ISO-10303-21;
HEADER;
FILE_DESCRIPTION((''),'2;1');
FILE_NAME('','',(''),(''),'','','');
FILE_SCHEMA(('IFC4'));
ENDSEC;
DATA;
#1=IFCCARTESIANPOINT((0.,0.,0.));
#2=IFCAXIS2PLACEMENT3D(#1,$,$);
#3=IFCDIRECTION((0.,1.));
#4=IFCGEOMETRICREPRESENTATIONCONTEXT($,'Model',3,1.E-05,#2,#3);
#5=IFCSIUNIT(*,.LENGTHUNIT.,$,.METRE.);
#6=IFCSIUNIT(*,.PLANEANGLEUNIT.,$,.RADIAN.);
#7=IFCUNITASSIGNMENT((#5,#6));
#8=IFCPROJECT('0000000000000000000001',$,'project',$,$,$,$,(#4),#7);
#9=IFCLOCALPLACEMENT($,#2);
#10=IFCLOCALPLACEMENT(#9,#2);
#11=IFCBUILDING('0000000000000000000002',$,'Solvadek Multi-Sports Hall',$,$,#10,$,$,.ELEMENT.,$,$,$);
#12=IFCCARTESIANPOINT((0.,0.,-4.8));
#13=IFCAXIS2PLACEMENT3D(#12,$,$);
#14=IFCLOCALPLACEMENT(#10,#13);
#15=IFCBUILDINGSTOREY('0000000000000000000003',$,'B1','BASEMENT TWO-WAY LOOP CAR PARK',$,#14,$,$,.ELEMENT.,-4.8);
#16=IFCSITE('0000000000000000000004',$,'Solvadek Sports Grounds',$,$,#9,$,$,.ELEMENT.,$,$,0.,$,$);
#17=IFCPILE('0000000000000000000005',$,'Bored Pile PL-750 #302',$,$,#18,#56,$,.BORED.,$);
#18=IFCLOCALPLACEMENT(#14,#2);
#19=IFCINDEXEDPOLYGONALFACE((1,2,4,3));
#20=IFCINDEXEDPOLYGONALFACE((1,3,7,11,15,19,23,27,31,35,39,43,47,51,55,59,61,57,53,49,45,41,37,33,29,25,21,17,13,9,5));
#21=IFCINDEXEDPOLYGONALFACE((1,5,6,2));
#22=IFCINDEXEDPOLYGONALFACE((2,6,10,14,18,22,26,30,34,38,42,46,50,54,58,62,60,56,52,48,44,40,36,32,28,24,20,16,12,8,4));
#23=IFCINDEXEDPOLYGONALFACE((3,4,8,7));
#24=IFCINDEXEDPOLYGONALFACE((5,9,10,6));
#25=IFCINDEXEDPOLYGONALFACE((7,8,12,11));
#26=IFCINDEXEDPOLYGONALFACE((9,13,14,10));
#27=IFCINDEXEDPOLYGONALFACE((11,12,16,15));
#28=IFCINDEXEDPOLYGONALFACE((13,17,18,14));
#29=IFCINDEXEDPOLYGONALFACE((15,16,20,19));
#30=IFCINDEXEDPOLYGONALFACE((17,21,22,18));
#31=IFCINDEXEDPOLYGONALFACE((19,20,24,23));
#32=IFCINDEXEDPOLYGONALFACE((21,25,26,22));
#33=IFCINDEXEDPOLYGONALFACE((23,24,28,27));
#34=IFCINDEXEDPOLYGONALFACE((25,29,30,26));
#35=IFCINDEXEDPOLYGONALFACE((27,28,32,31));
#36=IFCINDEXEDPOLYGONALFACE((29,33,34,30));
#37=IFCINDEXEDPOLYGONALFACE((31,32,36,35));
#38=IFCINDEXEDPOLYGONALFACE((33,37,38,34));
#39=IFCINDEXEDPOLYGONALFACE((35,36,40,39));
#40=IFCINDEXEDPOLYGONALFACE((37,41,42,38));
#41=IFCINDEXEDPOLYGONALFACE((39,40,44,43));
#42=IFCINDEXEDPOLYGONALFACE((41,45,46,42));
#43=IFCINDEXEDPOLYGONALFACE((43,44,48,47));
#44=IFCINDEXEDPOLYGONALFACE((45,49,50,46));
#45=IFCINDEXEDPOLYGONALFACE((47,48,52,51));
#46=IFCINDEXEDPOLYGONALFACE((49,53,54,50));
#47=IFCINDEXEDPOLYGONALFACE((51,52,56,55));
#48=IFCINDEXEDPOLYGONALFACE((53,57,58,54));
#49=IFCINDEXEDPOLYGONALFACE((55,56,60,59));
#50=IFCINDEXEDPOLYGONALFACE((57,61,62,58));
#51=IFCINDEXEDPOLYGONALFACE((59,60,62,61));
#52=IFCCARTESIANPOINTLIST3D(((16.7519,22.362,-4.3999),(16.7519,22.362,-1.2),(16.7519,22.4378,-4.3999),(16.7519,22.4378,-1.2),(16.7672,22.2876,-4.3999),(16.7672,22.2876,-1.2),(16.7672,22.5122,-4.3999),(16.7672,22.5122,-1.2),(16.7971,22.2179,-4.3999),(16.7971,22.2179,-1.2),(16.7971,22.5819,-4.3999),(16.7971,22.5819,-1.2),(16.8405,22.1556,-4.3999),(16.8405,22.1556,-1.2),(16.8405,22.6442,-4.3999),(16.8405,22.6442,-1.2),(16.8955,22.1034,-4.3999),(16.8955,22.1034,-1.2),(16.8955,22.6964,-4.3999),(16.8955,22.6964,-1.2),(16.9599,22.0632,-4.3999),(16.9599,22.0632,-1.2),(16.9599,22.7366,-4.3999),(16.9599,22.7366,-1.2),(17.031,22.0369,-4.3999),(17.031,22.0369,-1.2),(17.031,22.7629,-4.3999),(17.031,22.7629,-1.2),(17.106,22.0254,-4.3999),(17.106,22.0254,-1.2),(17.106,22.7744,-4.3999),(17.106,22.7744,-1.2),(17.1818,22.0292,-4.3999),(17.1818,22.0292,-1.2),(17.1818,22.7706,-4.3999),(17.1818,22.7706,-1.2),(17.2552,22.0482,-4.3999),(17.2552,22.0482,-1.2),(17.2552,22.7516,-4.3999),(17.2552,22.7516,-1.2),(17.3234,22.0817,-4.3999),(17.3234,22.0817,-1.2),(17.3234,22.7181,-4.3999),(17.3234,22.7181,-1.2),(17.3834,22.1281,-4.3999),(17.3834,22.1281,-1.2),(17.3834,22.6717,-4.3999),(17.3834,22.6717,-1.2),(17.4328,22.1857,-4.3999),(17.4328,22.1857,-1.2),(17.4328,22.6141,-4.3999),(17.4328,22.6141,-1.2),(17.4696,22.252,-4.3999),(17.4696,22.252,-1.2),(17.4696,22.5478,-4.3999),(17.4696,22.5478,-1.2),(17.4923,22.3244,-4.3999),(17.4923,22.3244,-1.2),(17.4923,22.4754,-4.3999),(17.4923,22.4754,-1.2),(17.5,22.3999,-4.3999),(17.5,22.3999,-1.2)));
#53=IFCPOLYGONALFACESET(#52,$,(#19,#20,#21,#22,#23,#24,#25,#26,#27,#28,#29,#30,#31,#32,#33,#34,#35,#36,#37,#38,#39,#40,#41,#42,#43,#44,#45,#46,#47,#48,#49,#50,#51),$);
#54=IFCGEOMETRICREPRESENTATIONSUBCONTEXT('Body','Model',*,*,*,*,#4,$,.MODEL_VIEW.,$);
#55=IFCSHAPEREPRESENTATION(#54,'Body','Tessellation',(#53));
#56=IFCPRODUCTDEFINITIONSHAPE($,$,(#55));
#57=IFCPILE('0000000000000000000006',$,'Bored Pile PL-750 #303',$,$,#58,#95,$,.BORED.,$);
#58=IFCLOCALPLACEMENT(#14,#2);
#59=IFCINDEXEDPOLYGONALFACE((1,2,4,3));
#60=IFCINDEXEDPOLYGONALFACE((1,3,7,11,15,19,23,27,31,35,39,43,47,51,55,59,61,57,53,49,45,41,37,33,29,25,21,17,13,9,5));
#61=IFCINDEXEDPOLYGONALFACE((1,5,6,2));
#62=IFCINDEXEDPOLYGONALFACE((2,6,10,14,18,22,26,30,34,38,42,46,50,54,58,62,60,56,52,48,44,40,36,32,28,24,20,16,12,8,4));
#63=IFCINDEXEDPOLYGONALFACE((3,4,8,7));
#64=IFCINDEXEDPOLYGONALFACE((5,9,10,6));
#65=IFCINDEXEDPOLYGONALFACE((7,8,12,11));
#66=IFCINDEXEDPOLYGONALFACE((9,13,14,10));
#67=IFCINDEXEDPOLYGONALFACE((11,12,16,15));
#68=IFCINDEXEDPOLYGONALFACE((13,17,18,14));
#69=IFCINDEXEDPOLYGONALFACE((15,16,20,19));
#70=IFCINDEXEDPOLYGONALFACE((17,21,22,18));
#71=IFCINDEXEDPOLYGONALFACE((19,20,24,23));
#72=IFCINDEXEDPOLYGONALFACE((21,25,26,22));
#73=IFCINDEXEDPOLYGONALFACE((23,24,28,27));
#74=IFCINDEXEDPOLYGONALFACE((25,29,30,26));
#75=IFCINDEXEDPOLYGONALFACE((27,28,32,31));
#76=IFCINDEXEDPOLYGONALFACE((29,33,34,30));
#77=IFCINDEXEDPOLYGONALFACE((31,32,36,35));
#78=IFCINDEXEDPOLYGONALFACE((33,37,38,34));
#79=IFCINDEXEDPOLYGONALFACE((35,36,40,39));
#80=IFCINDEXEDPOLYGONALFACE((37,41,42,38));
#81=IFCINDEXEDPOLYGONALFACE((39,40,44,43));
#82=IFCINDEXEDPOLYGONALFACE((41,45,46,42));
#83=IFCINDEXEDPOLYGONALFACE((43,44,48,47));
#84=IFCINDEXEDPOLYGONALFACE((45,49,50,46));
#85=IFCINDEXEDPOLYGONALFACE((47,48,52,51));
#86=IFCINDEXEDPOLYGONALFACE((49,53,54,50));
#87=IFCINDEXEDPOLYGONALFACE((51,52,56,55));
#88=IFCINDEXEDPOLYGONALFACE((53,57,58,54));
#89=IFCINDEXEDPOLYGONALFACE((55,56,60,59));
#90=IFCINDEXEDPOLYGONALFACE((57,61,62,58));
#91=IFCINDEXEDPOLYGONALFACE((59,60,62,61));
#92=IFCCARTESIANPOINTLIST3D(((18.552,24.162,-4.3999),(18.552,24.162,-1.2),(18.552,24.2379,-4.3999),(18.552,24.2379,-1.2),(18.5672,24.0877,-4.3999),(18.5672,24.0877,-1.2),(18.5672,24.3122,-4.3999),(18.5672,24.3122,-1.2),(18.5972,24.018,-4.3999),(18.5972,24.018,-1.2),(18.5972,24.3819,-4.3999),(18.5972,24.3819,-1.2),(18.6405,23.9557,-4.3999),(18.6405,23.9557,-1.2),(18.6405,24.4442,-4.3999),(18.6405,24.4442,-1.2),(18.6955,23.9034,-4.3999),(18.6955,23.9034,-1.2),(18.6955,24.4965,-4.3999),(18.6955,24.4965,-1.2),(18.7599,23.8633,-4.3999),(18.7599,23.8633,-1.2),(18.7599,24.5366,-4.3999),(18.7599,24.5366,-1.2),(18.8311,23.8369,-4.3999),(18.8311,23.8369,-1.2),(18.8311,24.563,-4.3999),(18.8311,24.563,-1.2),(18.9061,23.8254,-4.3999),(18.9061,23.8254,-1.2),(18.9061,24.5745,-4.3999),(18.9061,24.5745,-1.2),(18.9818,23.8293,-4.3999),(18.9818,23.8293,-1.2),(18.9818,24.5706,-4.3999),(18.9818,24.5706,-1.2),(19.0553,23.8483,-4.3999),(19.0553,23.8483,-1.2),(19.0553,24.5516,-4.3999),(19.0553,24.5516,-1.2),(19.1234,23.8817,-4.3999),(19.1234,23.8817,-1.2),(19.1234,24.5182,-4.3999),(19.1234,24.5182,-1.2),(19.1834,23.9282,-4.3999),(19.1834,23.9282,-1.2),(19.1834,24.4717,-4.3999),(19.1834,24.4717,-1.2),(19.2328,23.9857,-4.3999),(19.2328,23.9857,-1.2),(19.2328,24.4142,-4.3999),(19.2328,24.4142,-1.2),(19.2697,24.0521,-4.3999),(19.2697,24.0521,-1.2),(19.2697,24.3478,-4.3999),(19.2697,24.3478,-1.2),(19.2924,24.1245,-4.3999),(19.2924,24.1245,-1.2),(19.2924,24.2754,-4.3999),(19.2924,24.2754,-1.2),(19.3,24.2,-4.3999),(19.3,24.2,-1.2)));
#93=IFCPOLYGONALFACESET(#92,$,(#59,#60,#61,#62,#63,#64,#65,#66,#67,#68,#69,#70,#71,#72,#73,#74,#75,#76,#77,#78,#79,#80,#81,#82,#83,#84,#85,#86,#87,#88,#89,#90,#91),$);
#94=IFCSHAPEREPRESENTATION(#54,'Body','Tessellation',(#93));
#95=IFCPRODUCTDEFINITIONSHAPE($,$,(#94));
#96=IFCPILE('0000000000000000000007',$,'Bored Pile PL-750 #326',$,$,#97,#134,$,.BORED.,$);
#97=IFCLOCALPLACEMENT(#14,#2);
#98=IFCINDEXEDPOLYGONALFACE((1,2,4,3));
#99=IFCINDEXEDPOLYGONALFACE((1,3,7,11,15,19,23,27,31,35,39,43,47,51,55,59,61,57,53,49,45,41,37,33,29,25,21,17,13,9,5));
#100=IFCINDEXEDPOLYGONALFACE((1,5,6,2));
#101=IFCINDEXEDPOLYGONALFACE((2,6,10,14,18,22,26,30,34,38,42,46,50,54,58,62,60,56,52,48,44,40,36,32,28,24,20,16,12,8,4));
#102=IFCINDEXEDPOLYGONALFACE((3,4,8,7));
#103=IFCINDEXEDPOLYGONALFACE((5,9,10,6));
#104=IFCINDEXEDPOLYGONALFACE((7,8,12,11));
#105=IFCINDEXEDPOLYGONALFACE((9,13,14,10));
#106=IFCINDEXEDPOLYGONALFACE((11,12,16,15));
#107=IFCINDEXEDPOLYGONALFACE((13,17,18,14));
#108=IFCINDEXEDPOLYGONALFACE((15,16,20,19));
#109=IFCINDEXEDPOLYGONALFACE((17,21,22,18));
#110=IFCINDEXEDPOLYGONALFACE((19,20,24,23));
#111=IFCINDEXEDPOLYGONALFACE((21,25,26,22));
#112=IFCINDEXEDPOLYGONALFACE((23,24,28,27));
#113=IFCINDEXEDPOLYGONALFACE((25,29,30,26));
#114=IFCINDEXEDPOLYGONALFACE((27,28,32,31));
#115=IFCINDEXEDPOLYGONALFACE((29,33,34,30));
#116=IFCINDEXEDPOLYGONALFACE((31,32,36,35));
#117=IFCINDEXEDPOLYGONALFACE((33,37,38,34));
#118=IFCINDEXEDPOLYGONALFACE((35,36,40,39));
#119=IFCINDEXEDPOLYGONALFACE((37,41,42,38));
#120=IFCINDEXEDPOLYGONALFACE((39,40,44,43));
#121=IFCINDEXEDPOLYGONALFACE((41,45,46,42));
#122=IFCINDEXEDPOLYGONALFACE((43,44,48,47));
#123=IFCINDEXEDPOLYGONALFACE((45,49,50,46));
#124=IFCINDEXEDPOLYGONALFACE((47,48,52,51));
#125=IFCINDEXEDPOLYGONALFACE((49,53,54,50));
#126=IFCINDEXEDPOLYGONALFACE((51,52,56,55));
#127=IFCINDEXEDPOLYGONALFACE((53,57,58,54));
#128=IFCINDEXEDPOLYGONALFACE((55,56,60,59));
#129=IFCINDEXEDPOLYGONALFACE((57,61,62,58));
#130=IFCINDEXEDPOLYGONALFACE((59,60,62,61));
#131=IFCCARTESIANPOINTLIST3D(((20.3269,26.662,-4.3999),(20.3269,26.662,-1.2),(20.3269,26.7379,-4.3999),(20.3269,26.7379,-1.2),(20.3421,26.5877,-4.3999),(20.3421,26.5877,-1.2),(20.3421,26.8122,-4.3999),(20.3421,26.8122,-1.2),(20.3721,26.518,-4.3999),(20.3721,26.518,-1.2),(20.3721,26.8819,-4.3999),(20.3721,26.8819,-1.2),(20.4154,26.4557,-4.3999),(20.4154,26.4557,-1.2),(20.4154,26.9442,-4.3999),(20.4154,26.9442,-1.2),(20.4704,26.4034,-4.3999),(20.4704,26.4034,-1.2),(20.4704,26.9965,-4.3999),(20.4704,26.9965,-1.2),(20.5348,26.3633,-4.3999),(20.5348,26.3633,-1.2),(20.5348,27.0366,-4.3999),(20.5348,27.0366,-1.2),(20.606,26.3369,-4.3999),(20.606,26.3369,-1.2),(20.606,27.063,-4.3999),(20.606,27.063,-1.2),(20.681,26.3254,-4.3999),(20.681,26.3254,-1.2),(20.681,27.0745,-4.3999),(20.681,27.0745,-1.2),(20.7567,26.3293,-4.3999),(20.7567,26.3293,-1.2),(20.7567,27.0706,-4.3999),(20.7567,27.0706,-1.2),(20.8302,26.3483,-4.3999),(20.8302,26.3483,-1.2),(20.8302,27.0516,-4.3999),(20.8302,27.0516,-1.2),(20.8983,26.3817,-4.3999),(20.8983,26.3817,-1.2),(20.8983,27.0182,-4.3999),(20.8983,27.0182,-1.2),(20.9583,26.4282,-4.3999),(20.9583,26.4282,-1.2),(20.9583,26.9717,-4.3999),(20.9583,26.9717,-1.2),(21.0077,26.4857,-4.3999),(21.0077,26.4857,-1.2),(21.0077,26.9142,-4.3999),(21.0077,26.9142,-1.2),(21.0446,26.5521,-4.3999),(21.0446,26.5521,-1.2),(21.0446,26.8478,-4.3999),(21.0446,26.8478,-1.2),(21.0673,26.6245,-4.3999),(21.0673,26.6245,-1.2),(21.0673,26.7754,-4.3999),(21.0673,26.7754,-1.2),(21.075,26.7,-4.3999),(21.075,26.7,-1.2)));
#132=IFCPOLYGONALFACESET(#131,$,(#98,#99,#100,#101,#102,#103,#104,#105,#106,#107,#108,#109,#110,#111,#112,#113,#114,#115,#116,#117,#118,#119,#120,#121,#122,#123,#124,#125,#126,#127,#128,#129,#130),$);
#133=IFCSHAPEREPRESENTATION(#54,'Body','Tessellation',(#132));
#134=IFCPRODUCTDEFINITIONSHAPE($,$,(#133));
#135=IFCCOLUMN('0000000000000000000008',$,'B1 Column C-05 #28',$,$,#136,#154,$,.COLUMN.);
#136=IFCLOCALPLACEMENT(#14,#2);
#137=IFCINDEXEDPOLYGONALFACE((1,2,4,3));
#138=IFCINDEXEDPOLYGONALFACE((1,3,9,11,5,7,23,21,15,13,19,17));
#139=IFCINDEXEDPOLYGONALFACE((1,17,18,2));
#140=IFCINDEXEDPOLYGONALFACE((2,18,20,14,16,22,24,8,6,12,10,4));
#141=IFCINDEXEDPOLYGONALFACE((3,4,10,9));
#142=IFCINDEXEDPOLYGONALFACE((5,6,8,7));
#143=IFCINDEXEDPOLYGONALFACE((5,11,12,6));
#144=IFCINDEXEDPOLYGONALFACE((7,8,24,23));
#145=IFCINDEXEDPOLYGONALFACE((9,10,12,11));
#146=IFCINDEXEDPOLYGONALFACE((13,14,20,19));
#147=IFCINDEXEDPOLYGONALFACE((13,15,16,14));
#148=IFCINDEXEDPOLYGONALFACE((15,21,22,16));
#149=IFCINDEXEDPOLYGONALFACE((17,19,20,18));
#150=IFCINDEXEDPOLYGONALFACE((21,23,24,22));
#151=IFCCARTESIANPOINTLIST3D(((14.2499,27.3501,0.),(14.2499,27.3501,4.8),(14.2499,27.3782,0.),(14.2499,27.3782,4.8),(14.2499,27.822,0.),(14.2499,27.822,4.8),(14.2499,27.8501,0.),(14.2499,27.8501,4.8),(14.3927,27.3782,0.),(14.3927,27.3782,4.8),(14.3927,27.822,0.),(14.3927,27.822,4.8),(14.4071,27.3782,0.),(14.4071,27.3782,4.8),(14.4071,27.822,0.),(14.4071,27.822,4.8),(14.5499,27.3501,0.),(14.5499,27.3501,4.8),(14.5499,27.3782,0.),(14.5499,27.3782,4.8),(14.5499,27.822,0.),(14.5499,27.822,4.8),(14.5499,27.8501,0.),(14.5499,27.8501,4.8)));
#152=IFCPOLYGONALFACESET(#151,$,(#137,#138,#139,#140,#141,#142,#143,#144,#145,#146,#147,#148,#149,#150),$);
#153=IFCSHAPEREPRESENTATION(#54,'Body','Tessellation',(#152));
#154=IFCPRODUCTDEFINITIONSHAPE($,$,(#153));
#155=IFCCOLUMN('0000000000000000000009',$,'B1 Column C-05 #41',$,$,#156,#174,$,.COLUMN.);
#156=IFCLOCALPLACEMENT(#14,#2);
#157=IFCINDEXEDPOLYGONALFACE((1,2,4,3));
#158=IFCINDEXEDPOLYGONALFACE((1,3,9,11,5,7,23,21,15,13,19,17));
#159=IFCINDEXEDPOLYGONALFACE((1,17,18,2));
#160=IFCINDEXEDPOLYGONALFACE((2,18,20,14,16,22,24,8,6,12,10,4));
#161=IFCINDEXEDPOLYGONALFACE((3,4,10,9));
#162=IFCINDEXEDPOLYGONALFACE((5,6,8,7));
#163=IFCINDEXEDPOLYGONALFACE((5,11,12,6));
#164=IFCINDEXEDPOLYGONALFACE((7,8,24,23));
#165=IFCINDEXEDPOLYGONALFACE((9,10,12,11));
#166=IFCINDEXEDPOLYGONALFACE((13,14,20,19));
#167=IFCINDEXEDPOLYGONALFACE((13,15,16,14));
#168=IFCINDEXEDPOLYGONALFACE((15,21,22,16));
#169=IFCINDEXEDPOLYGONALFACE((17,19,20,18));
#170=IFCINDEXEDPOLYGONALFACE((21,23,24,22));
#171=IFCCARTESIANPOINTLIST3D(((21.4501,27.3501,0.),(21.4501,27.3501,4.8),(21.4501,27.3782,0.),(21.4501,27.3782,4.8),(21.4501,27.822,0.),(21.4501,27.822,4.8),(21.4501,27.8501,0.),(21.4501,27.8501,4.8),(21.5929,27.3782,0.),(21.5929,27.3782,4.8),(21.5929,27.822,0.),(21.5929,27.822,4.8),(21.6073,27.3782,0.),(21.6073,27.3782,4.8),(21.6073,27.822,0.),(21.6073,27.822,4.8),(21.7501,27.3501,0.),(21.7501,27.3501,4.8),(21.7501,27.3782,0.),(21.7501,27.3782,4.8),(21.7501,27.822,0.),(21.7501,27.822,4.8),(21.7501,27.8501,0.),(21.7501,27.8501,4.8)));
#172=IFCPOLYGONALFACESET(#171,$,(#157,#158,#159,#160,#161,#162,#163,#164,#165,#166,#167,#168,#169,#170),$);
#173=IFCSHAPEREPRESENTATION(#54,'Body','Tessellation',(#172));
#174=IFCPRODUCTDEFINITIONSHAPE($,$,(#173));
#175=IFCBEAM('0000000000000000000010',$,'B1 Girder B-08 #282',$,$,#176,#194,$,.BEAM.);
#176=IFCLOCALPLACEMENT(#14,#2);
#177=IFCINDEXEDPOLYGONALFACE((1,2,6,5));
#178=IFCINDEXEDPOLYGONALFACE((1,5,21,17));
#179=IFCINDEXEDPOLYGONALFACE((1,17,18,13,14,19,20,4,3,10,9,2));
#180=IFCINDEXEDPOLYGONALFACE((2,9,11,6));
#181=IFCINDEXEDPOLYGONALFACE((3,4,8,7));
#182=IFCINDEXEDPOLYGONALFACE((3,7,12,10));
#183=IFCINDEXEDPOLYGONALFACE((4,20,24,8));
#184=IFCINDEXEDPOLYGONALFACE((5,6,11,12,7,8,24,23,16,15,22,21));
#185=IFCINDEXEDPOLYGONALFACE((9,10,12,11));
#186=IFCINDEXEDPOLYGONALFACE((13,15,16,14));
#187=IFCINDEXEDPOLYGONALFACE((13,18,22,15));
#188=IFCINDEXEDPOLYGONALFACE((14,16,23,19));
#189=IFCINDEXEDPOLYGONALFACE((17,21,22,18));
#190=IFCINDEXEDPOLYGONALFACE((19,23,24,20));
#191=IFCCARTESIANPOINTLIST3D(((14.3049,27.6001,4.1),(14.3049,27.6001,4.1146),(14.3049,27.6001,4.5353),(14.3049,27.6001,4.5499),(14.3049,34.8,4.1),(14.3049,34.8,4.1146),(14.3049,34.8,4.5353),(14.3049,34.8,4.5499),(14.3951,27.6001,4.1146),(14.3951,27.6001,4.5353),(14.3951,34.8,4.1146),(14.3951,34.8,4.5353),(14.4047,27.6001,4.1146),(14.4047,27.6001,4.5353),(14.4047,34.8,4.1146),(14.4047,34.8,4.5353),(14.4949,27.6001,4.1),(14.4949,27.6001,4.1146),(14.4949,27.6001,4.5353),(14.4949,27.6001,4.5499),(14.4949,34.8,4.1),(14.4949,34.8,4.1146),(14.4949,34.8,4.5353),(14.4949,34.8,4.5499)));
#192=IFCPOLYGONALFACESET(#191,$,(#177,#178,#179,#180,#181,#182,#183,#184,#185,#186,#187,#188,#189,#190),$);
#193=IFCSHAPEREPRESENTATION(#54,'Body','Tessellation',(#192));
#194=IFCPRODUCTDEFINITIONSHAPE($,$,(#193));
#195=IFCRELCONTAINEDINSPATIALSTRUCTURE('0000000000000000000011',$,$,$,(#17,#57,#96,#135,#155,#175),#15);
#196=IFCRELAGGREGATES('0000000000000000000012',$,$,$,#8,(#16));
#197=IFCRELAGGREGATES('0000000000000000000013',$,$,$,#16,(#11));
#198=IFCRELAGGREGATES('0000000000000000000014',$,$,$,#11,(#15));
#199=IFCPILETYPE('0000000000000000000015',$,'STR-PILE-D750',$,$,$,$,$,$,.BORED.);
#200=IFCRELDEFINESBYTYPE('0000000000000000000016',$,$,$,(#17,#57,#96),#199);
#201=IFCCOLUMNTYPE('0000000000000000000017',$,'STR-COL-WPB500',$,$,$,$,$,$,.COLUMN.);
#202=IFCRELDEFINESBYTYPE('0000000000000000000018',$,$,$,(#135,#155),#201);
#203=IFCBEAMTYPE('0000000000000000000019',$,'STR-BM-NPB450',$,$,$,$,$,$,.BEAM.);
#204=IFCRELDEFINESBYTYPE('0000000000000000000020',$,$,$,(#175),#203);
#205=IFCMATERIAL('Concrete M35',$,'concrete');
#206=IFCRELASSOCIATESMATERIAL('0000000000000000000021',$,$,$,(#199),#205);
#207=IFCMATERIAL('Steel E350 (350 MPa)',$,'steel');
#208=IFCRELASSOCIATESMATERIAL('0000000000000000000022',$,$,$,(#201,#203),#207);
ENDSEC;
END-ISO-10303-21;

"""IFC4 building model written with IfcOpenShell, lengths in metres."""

from ifc_helpers import new_model, si_unit, direction, frame, origin, origin_2d, place, context, subcontext, project, spatial, circle, i_section, extrude, material, material_profile, profile_set, type_object, element, save


model = new_model("IFC4")

# Units and contexts
model_context = context("Model", 3, precision=1e-05, world=origin(), true_north=direction((0.0, 1.0)))
body_context = subcontext(model_context, "Body", "Model", "MODEL_VIEW")
ifc_project = project(units=[si_unit("LENGTHUNIT", "METRE"), si_unit("PLANEANGLEUNIT", "RADIAN")], contexts=[model_context])

# Site, building, storey
site_placement = place(None, origin())
site = spatial("IfcSite", under=ifc_project, at=site_placement, Name="Solvadek Sports Grounds", CompositionType="ELEMENT", RefElevation=0.0)
building_placement = place(site_placement, origin())
building = spatial("IfcBuilding", under=site, at=building_placement, Name="Solvadek Multi-Sports Hall", CompositionType="ELEMENT")
storey_placement = place(building_placement, frame((0.0, 0.0, -4.8)))
storey = spatial("IfcBuildingStorey", under=building, at=storey_placement, Name="B1", Description="BASEMENT TWO-WAY LOOP CAR PARK", CompositionType="ELEMENT", Elevation=-4.8)

# Piles
ifc_material_1 = material(Name="Concrete M35", Category="concrete")
ifc_material_profile_1 = material_profile(ifc_material_1, circle(Radius=0.375, at=origin_2d()), Name="BORED PILE D750")
ifc_profile_set_1 = profile_set([ifc_material_profile_1], Name="Concrete M35")
pile_type_1 = type_object("IfcPileType", Name="STR-PILE-D750", PredefinedType="BORED", material=ifc_profile_set_1)
for number, where, z_axis, x_axis, name in (
    (1, (17.125, 22.3999, -1.2), (0.0, 0.0, -1.0), (1.0, 0.0, 0.0), "Bored Pile PL-750 #302"),
    (2, (18.925, 24.2, -1.2), (0.0, 0.0, -1.0), (1.0, 0.0, 0.0), "Bored Pile PL-750 #303"),
    (3, (20.7, 26.7, -1.2), (0.0, 0.0, -1.0), (1.0, 0.0, 0.0), "Bored Pile PL-750 #326"),
):
    element("IfcPile", number, at=place(storey_placement, frame(where, z_axis=z_axis, x_axis=x_axis)), inside=storey, type_object=pile_type_1, Name=name, PredefinedType="BORED", context=body_context, shape_type="SweptSolid", body=[
        extrude(circle(Radius=0.375, at=origin_2d()), origin(), (0.0, 0.0, 1.0), 3.2),
    ])

# Columns
ifc_material_2 = material(Name="Steel E350 (350 MPa)", Category="steel")
ifc_material_profile_2 = material_profile(ifc_material_2, i_section(OverallWidth=0.3, OverallDepth=0.5, WebThickness=0.0144, FlangeThickness=0.0281, at=origin_2d()), Name="WPB 500")
ifc_profile_set_2 = profile_set([ifc_material_profile_2], Name="Steel E350 (350 MPa)")
column_type = type_object("IfcColumnType", Name="STR-COL-WPB500", PredefinedType="COLUMN", material=ifc_profile_set_2)
for number, where, z_axis, x_axis, name in (
    (4, (14.3999, 27.6001, 0.0), (0.0, 0.0, 1.0), (1.0, 0.0, 0.0), "B1 Column C-05 #28"),
    (5, (21.6001, 27.6001, 0.0), (0.0, 0.0, 1.0), (1.0, 0.0, 0.0), "B1 Column C-05 #41"),
):
    element("IfcColumn", number, at=place(storey_placement, frame(where, z_axis=z_axis, x_axis=x_axis)), inside=storey, type_object=column_type, Name=name, PredefinedType="COLUMN", context=body_context, shape_type="SweptSolid", body=[
        extrude(i_section(OverallWidth=0.3, OverallDepth=0.5, WebThickness=0.0144, FlangeThickness=0.0281, at=origin_2d()), origin(), (0.0, 0.0, 1.0), 4.8),
    ])

# Beam
ifc_material_profile_3 = material_profile(ifc_material_2, i_section(OverallWidth=0.1899, OverallDepth=0.45, WebThickness=0.0095, FlangeThickness=0.0146, at=origin_2d()), Name="NPB 450")
ifc_profile_set_3 = profile_set([ifc_material_profile_3], Name="Steel E350 (350 MPa)")
beam_type_1 = type_object("IfcBeamType", Name="STR-BM-NPB450", PredefinedType="BEAM", material=ifc_profile_set_3)
for number, where, z_axis, x_axis, name in (
    (6, (14.3999, 27.6001, 4.325), (0.0, 1.0, 0.0), (-1.0, 0.0, 0.0), "B1 Girder B-08 #282"),
):
    element("IfcBeam", number, at=place(storey_placement, frame(where, z_axis=z_axis, x_axis=x_axis)), inside=storey, type_object=beam_type_1, Name=name, PredefinedType="BEAM", context=body_context, shape_type="SweptSolid", body=[
        extrude(i_section(OverallWidth=0.1899, OverallDepth=0.45, WebThickness=0.0095, FlangeThickness=0.0146, at=origin_2d()), origin(), (0.0, 0.0, 1.0), 7.2),
    ])

save(model, "model.ifc")
